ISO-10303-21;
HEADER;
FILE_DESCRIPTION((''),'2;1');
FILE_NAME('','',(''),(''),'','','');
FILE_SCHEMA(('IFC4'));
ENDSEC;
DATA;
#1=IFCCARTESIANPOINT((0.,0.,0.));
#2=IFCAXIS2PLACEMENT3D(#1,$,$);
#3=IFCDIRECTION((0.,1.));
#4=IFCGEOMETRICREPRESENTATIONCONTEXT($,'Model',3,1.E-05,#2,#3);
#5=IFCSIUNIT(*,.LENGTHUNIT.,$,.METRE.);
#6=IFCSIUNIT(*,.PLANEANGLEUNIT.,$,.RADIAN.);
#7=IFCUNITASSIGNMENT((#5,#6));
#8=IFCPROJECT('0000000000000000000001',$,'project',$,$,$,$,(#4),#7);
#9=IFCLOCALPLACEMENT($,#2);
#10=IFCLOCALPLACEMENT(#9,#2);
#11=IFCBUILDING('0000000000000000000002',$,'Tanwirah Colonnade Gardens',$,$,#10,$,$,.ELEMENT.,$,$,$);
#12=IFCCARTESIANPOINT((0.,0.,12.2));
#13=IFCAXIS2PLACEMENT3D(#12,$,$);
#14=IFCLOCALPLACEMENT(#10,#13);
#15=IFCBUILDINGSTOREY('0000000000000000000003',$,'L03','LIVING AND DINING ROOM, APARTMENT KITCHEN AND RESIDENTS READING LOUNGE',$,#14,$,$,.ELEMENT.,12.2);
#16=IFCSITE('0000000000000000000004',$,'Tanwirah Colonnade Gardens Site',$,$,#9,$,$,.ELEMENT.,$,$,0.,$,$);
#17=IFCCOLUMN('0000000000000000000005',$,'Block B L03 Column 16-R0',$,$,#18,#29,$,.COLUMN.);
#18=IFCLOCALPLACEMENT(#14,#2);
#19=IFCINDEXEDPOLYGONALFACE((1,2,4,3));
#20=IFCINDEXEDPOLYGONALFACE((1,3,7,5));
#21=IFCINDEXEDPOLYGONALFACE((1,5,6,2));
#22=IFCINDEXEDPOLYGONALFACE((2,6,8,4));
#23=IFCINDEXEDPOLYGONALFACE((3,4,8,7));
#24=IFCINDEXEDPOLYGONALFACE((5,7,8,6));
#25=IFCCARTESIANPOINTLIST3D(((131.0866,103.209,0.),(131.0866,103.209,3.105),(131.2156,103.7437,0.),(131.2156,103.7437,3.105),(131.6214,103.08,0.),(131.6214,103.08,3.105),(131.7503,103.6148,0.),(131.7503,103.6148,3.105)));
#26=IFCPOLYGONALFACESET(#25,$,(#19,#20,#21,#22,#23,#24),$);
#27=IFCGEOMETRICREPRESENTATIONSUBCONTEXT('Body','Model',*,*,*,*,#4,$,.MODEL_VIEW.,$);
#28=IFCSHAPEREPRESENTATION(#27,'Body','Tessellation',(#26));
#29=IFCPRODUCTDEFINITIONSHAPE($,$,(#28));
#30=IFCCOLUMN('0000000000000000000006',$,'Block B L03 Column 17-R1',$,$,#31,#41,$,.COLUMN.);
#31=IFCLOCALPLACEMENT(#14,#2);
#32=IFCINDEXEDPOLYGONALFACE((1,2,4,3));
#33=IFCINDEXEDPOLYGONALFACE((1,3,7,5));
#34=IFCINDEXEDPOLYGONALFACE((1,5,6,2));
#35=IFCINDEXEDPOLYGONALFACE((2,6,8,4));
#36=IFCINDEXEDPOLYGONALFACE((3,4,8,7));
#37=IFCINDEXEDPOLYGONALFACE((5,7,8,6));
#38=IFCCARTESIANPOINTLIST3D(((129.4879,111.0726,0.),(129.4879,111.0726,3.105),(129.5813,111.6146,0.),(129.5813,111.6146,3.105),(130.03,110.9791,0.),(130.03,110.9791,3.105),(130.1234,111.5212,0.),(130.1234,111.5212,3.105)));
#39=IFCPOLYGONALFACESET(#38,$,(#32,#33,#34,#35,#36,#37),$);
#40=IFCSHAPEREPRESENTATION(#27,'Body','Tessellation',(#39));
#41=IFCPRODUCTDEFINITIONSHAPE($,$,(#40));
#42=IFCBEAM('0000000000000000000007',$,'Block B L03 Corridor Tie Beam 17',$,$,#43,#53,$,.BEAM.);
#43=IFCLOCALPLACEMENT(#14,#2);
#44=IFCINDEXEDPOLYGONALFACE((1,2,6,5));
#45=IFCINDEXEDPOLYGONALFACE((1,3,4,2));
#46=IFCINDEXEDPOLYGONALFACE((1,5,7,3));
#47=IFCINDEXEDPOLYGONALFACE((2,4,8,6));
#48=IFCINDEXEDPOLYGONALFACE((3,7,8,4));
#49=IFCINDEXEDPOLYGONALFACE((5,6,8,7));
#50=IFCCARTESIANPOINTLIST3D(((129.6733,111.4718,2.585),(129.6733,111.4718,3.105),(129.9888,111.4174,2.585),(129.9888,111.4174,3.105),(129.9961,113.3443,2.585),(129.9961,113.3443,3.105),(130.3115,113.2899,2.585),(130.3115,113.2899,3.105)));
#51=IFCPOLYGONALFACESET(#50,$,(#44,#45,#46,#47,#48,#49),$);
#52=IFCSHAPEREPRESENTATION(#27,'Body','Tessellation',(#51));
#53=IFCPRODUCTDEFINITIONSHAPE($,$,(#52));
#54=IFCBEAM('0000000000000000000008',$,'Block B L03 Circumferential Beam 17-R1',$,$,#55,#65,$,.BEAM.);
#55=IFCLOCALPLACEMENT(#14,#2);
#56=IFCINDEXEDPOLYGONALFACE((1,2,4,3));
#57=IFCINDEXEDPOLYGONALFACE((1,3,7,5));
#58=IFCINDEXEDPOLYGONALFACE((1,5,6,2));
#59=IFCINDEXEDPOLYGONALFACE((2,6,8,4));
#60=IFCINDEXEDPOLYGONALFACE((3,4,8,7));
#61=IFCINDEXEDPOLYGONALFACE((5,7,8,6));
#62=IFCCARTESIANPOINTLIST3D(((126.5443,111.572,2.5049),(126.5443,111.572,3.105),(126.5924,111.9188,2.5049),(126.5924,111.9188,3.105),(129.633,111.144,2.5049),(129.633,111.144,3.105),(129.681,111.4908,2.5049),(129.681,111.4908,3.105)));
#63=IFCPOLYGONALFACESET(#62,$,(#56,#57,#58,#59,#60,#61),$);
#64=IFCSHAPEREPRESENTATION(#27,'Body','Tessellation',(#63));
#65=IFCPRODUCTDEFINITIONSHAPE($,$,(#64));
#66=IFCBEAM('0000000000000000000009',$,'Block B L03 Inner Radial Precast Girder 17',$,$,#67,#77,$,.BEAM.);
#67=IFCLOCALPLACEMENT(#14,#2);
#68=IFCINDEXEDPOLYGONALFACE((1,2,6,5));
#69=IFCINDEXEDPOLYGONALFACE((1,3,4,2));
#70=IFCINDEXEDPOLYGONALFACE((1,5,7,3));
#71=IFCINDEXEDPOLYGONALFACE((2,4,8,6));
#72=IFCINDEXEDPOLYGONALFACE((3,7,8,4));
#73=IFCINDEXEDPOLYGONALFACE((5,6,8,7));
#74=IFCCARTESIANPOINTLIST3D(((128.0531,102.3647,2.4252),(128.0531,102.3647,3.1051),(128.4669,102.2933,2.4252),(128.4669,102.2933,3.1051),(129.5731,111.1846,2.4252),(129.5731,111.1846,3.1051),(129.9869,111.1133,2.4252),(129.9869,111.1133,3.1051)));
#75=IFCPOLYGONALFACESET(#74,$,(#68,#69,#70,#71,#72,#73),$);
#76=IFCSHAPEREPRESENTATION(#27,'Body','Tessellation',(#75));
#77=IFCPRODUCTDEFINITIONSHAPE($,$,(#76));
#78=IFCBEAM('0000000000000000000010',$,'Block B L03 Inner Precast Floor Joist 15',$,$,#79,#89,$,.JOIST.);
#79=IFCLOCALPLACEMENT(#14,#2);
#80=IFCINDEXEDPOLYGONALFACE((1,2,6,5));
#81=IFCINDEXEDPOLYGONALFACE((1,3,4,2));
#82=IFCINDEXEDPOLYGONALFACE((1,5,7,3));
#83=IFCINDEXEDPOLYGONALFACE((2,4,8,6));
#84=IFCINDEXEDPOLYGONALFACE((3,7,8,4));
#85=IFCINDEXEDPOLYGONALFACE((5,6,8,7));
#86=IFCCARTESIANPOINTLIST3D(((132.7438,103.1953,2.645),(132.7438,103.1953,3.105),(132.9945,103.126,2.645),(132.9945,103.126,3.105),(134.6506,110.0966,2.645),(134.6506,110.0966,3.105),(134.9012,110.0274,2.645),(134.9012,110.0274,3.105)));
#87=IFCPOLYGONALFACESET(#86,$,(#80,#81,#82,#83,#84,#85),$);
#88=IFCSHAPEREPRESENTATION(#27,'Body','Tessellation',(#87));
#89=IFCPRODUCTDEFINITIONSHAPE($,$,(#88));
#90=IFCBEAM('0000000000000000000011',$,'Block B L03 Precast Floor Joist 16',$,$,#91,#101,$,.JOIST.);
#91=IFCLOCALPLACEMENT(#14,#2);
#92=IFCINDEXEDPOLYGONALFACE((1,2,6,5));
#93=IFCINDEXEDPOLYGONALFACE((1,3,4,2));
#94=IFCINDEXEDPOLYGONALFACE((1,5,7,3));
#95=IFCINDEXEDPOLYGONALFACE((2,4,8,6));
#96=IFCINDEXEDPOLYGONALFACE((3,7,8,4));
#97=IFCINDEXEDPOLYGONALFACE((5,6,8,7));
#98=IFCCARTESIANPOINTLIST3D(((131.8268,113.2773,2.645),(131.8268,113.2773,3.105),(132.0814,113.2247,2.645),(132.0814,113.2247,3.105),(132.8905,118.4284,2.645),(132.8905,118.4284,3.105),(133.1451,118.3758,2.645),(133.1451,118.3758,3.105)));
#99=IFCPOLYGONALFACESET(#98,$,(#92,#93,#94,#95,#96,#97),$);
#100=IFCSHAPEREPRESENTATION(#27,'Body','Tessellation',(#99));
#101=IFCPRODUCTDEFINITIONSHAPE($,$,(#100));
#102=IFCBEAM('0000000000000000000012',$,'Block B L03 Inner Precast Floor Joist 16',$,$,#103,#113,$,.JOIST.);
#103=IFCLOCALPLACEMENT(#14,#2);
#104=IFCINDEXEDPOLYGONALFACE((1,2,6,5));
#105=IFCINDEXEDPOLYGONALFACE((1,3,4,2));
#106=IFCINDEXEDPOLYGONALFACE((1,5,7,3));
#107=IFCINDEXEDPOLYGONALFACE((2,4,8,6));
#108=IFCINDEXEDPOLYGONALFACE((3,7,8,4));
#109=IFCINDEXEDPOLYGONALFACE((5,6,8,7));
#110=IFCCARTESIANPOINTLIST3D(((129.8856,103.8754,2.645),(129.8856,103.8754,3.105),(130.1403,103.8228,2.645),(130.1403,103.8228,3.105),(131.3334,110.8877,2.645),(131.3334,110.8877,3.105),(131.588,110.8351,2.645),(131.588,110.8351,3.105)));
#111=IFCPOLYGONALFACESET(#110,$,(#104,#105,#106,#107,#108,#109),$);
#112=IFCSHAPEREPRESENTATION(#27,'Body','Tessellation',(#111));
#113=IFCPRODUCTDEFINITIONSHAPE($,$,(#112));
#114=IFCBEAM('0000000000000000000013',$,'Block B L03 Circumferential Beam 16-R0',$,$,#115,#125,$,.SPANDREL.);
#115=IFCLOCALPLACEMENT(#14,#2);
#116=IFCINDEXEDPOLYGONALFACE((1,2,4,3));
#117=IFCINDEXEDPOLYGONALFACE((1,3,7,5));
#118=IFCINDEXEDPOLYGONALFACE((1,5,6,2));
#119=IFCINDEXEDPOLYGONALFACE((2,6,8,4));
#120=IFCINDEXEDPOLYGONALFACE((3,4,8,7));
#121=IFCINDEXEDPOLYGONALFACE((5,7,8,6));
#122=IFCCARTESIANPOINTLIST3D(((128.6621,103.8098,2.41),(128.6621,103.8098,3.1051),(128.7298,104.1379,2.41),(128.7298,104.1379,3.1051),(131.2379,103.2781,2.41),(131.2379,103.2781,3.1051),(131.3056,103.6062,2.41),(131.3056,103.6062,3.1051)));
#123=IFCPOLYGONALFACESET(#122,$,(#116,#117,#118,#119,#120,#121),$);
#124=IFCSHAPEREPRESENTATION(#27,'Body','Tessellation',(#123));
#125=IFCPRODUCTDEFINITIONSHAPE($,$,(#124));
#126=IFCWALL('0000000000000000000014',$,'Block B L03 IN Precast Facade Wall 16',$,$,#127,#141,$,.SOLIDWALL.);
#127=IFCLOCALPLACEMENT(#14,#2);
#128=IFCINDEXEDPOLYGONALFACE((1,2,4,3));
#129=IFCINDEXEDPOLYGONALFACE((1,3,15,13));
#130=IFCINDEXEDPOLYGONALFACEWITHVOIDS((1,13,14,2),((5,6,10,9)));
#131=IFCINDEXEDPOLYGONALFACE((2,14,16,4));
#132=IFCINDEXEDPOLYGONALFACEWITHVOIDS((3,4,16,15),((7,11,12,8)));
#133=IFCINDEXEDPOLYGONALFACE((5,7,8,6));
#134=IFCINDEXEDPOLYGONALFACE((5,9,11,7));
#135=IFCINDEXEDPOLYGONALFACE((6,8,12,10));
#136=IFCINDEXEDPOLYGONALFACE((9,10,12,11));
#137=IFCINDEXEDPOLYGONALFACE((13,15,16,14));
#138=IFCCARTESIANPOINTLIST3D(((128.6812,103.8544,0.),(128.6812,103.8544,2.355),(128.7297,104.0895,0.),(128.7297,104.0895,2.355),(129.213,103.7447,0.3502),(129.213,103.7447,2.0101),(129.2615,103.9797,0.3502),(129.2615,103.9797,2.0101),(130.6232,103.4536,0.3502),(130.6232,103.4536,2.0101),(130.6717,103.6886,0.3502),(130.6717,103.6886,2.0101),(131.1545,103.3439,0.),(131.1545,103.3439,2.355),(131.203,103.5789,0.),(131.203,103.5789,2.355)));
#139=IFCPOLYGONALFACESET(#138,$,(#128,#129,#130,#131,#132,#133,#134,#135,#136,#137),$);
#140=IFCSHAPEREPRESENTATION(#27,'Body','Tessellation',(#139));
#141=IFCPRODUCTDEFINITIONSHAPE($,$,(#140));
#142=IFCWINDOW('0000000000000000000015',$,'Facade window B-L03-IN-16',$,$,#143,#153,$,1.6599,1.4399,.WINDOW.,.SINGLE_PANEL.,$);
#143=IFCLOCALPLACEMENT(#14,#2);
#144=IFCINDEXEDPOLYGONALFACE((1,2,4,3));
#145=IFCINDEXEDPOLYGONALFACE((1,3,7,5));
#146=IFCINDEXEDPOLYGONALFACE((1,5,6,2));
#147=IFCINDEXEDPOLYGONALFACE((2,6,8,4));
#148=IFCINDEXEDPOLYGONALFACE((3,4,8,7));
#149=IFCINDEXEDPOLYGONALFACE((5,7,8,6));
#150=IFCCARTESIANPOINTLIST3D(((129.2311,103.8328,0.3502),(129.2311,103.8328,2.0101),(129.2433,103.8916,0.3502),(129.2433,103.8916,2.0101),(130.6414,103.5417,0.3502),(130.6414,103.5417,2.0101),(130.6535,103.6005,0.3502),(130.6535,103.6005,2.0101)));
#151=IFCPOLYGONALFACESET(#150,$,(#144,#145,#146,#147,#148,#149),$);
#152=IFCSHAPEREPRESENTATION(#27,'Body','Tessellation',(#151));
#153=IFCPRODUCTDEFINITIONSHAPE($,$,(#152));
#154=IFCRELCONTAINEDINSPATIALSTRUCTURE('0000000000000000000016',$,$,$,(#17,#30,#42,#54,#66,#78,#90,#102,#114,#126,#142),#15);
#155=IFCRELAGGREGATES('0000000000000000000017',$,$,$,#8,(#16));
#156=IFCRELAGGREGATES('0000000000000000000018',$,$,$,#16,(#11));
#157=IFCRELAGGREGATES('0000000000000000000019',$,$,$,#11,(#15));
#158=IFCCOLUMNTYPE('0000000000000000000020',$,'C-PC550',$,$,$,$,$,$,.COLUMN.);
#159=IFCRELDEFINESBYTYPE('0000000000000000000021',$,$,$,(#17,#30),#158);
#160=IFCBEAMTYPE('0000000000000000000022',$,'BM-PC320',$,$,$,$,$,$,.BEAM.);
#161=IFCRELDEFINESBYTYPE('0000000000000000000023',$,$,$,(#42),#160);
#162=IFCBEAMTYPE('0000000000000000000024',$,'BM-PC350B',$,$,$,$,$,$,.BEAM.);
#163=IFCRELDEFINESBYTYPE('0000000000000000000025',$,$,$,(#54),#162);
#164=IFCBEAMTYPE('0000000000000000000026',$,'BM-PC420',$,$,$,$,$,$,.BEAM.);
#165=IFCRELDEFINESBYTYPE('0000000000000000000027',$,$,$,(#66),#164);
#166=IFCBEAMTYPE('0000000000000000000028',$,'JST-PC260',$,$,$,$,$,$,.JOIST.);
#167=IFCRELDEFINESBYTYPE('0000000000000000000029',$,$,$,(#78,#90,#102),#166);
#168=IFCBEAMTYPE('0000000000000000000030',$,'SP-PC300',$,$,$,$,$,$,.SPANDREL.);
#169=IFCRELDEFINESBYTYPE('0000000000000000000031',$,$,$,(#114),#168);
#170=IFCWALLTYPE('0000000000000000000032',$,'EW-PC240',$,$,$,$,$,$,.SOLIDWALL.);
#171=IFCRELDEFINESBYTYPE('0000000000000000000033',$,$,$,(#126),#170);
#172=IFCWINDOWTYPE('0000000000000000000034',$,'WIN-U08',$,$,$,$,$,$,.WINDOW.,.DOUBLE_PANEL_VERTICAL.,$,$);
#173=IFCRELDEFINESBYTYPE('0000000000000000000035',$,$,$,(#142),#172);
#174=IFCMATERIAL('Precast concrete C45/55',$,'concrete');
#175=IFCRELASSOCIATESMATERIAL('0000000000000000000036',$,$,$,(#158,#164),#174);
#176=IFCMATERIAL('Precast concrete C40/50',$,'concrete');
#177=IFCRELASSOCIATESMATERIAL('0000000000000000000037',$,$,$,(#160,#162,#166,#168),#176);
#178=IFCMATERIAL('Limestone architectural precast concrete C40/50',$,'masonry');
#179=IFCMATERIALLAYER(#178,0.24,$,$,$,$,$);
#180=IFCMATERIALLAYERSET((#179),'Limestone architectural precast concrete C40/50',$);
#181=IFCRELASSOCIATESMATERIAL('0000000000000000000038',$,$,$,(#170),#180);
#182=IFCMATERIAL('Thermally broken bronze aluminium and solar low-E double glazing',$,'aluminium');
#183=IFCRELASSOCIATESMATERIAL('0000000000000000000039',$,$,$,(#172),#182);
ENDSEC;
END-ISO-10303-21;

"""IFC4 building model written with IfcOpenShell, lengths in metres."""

from ifc_helpers import new_model, si_unit, direction, frame, frame_2d, origin, origin_2d, place, context, subcontext, project, spatial, rectangle, extrude, material, layer, layer_set, material_profile, profile_set, type_object, element, fill, save


model = new_model("IFC4")

# Units and contexts
model_context = context("Model", 3, precision=1e-05, world=origin(), true_north=direction((0.0, 1.0)))
body_context = subcontext(model_context, "Body", "Model", "MODEL_VIEW")
ifc_project = project(units=[si_unit("LENGTHUNIT", "METRE"), si_unit("PLANEANGLEUNIT", "RADIAN")], contexts=[model_context])

# Site, building, storey
site_placement = place(None, origin())
site = spatial("IfcSite", under=ifc_project, at=site_placement, Name="Tanwirah Colonnade Gardens Site", CompositionType="ELEMENT", RefElevation=0.0)
building_placement = place(site_placement, origin())
building = spatial("IfcBuilding", under=site, at=building_placement, Name="Tanwirah Colonnade Gardens", CompositionType="ELEMENT")
storey_placement = place(building_placement, frame((0.0, 0.0, 12.2)))
storey = spatial("IfcBuildingStorey", under=building, at=storey_placement, Name="L03", Description="LIVING AND DINING ROOM, APARTMENT KITCHEN AND RESIDENTS READING LOUNGE", CompositionType="ELEMENT", Elevation=12.2)

# Columns
ifc_material_1 = material(Name="Precast concrete C45/55", Category="concrete")
ifc_material_profile_1 = material_profile(ifc_material_1, rectangle(XDim=0.55, YDim=0.55, at=origin_2d()), Name="PC-COL 550x550")
ifc_profile_set_1 = profile_set([ifc_material_profile_1], Name="Precast concrete C45/55")
column_type = type_object("IfcColumnType", Name="C-PC550", PredefinedType="COLUMN", material=ifc_profile_set_1)
for number, where, z_axis, x_axis, name in (
    (1, (131.4185, 103.4119, 0.0), (0.0, 0.0, 1.0), (0.234388, 0.972143, 0.0), "Block B L03 Column 16-R0"),
    (2, (129.8057, 111.2969, 0.0), (0.0, 0.0, 1.0), (0.169827, 0.985474, 0.0), "Block B L03 Column 17-R1"),
):
    element("IfcColumn", number, at=place(storey_placement, frame(where, z_axis=z_axis, x_axis=x_axis)), inside=storey, type_object=column_type, Name=name, PredefinedType="COLUMN", context=body_context, shape_type="SweptSolid", body=[
        extrude(rectangle(XDim=0.55, YDim=0.55, at=origin_2d()), origin(), (0.0, 0.0, 1.0), 3.105),
    ])

# Beams
ifc_material_2 = material(Name="Precast concrete C40/50", Category="concrete")
ifc_material_profile_2 = material_profile(ifc_material_2, rectangle(XDim=0.3201, YDim=0.52, at=origin_2d()), Name="PC-BM 320x520")
ifc_profile_set_2 = profile_set([ifc_material_profile_2], Name="Precast concrete C40/50")
beam_type_1 = type_object("IfcBeamType", Name="BM-PC320", PredefinedType="BEAM", material=ifc_profile_set_2)
beam_1_placement = place(storey_placement, frame((129.8311, 111.4446, 2.845), z_axis=(0.169855, 0.985469, 0.0), x_axis=(-0.985469, 0.169855, 0.0)))
element("IfcBeam", 3, at=beam_1_placement, inside=storey, type_object=beam_type_1, Name="Block B L03 Corridor Tie Beam 17", PredefinedType="BEAM", context=body_context, shape_type="SweptSolid", body=[
    extrude(rectangle(XDim=0.3201, YDim=0.52, at=origin_2d()), origin(), (0.0, 0.0, 1.0), 1.9001),
])
ifc_material_profile_3 = material_profile(ifc_material_2, rectangle(XDim=0.3501, YDim=0.6001, at=origin_2d()), Name="PC-BM 350x600")
ifc_profile_set_3 = profile_set([ifc_material_profile_3], Name="Precast concrete C40/50")
beam_type_2 = type_object("IfcBeamType", Name="BM-PC350B", PredefinedType="BEAM", material=ifc_profile_set_3)
beam_2_placement = place(storey_placement, frame((129.657, 111.3174, 2.8049), z_axis=(-0.990536, 0.137255, 0.0), x_axis=(-0.137255, -0.990536, 0.0)))
element("IfcBeam", 4, at=beam_2_placement, inside=storey, type_object=beam_type_2, Name="Block B L03 Circumferential Beam 17-R1", PredefinedType="BEAM", context=body_context, shape_type="SweptSolid", body=[
    extrude(rectangle(XDim=0.3501, YDim=0.6001, at=origin_2d()), origin(), (0.0, 0.0, 1.0), 3.1182),
])
ifc_material_profile_4 = material_profile(ifc_material_1, rectangle(XDim=0.4199, YDim=0.6799, at=origin_2d()), Name="PC-BM 420x680")
ifc_profile_set_4 = profile_set([ifc_material_profile_4], Name="Precast concrete C45/55")
beam_type_3 = type_object("IfcBeamType", Name="BM-PC420", PredefinedType="BEAM", material=ifc_profile_set_4)
beam_3_placement = place(storey_placement, frame((129.78, 111.1489, 2.7651), z_axis=(-0.169837, -0.985472, 0.0), x_axis=(0.985472, -0.169837, 0.0)))
element("IfcBeam", 5, at=beam_3_placement, inside=storey, type_object=beam_type_3, Name="Block B L03 Inner Radial Precast Girder 17", PredefinedType="BEAM", context=body_context, shape_type="SweptSolid", body=[
    extrude(rectangle(XDim=0.4199, YDim=0.6799, at=origin_2d()), origin(), (0.0, 0.0, 1.0), 8.95),
])
ifc_material_profile_5 = material_profile(ifc_material_2, rectangle(XDim=0.26, YDim=0.46, at=origin_2d()), Name="PC-JST 260x460")
ifc_profile_set_5 = profile_set([ifc_material_profile_5], Name="Precast concrete C40/50")
beam_type_4 = type_object("IfcBeamType", Name="JST-PC260", PredefinedType="JOIST", material=ifc_profile_set_5)
beam_4_placement = place(storey_placement, frame((132.8691, 103.1606, 2.875), z_axis=(0.266307, 0.963888, 0.0), x_axis=(-0.963888, 0.266307, 0.0)))
element("IfcBeam", 6, at=beam_4_placement, inside=storey, type_object=beam_type_4, Name="Block B L03 Inner Precast Floor Joist 15", PredefinedType="JOIST", context=body_context, shape_type="SweptSolid", body=[
    extrude(rectangle(XDim=0.26, YDim=0.46, at=origin_2d()), origin(), (0.0, 0.0, 1.0), 7.1599),
])
beam_5_placement = place(storey_placement, frame((131.9541, 113.251, 2.875), z_axis=(0.202236, 0.979337, 0.0), x_axis=(-0.979337, 0.202236, 0.0)))
element("IfcBeam", 7, at=beam_5_placement, inside=storey, type_object=beam_type_4, Name="Block B L03 Precast Floor Joist 16", PredefinedType="JOIST", context=body_context, shape_type="SweptSolid", body=[
    extrude(rectangle(XDim=0.26, YDim=0.46, at=origin_2d()), origin(), (0.0, 0.0, 1.0), 5.2598),
])
beam_6_placement = place(storey_placement, frame((130.0129, 103.8491, 2.875), z_axis=(0.202197, 0.979345, 0.0), x_axis=(-0.979345, 0.202197, 0.0)))
element("IfcBeam", 8, at=beam_6_placement, inside=storey, type_object=beam_type_4, Name="Block B L03 Inner Precast Floor Joist 16", PredefinedType="JOIST", context=body_context, shape_type="SweptSolid", body=[
    extrude(rectangle(XDim=0.26, YDim=0.46, at=origin_2d()), origin(), (0.0, 0.0, 1.0), 7.1602),
])
ifc_material_profile_6 = material_profile(ifc_material_2, rectangle(XDim=0.335, YDim=0.6951, at=origin_2d()), Name="PC-SP 335x695")
ifc_profile_set_6 = profile_set([ifc_material_profile_6], Name="Precast concrete C40/50")
beam_type_5 = type_object("IfcBeamType", Name="SP-PC300", PredefinedType="SPANDREL", material=ifc_profile_set_6)
beam_7_placement = place(storey_placement, frame((131.2717, 103.4421, 2.7576), z_axis=(-0.979352, 0.202164, 0.0), x_axis=(-0.202164, -0.979352, 0.0)))
element("IfcBeam", 9, at=beam_7_placement, inside=storey, type_object=beam_type_5, Name="Block B L03 Circumferential Beam 16-R0", PredefinedType="SPANDREL", context=body_context, shape_type="SweptSolid", body=[
    extrude(rectangle(XDim=0.335, YDim=0.6951, at=origin_2d()), origin(), (0.0, 0.0, 1.0), 2.6301),
])

# Wall, opening, window
ifc_material_3 = material(Name="Limestone architectural precast concrete C40/50", Category="masonry")
ifc_layer_1 = layer(ifc_material_3, 0.24)
ifc_layer_set_1 = layer_set([ifc_layer_1], Name="Limestone architectural precast concrete C40/50")
wall_type_1 = type_object("IfcWallType", Name="EW-PC240", PredefinedType="SOLIDWALL", material=ifc_layer_set_1)
wall_1_placement = place(storey_placement, frame((131.1787, 103.4614, 0.0), z_axis=(0.0, 0.0, 1.0), x_axis=(-0.979354, 0.202155, 0.0)))
wall_1 = element("IfcWall", 10, at=wall_1_placement, inside=storey, type_object=wall_type_1, Name="Block B L03 IN Precast Facade Wall 16", PredefinedType="SOLIDWALL", context=body_context, shape_type="SweptSolid", body=[
    extrude(rectangle(XDim=2.5254, YDim=0.24, at=frame_2d((1.2627, 0.0))), origin(), (0.0, 0.0, 1.0), 2.355),
])
opening_1_placement = place(wall_1_placement, frame((0.5425, 0.0, 0.3501)))
opening_1 = element("IfcOpeningElement", 11, at=opening_1_placement, cuts=wall_1, PredefinedType="OPENING", context=body_context, shape_type="SweptSolid", body=[
    extrude(rectangle(XDim=1.4399, YDim=1.6599, at=frame_2d((0.72, 0.8301))), frame((0.0, 0.1299, 0.0), z_axis=(0.0, -1.0, 0.0), x_axis=(1.0, 0.0, 0.0)), (0.0, 0.0, 1.0), 0.26),
])
ifc_material_4 = material(Name="Thermally broken bronze aluminium and solar low-E double glazing", Category="aluminium")
window_type = type_object("IfcWindowType", Name="WIN-U08", PartitioningType="DOUBLE_PANEL_VERTICAL", PredefinedType="WINDOW", material=ifc_material_4)
window_placement = place(opening_1_placement, origin())
window = element("IfcWindow", 12, at=window_placement, inside=storey, type_object=window_type, Name="Facade window B-L03-IN-16", OverallHeight=1.6599, OverallWidth=1.4399, PartitioningType="SINGLE_PANEL", PredefinedType="WINDOW", context=body_context, shape_type="SweptSolid", body=[
    extrude(rectangle(XDim=1.4399, YDim=1.6599, at=frame_2d((0.72, 0.8301))), frame((0.0, 0.03, 0.0), z_axis=(0.0, -1.0, 0.0), x_axis=(1.0, 0.0, 0.0)), (0.0, 0.0, 1.0), 0.0601),
])
fill(opening_1, window)

save(model, "model.ifc")
